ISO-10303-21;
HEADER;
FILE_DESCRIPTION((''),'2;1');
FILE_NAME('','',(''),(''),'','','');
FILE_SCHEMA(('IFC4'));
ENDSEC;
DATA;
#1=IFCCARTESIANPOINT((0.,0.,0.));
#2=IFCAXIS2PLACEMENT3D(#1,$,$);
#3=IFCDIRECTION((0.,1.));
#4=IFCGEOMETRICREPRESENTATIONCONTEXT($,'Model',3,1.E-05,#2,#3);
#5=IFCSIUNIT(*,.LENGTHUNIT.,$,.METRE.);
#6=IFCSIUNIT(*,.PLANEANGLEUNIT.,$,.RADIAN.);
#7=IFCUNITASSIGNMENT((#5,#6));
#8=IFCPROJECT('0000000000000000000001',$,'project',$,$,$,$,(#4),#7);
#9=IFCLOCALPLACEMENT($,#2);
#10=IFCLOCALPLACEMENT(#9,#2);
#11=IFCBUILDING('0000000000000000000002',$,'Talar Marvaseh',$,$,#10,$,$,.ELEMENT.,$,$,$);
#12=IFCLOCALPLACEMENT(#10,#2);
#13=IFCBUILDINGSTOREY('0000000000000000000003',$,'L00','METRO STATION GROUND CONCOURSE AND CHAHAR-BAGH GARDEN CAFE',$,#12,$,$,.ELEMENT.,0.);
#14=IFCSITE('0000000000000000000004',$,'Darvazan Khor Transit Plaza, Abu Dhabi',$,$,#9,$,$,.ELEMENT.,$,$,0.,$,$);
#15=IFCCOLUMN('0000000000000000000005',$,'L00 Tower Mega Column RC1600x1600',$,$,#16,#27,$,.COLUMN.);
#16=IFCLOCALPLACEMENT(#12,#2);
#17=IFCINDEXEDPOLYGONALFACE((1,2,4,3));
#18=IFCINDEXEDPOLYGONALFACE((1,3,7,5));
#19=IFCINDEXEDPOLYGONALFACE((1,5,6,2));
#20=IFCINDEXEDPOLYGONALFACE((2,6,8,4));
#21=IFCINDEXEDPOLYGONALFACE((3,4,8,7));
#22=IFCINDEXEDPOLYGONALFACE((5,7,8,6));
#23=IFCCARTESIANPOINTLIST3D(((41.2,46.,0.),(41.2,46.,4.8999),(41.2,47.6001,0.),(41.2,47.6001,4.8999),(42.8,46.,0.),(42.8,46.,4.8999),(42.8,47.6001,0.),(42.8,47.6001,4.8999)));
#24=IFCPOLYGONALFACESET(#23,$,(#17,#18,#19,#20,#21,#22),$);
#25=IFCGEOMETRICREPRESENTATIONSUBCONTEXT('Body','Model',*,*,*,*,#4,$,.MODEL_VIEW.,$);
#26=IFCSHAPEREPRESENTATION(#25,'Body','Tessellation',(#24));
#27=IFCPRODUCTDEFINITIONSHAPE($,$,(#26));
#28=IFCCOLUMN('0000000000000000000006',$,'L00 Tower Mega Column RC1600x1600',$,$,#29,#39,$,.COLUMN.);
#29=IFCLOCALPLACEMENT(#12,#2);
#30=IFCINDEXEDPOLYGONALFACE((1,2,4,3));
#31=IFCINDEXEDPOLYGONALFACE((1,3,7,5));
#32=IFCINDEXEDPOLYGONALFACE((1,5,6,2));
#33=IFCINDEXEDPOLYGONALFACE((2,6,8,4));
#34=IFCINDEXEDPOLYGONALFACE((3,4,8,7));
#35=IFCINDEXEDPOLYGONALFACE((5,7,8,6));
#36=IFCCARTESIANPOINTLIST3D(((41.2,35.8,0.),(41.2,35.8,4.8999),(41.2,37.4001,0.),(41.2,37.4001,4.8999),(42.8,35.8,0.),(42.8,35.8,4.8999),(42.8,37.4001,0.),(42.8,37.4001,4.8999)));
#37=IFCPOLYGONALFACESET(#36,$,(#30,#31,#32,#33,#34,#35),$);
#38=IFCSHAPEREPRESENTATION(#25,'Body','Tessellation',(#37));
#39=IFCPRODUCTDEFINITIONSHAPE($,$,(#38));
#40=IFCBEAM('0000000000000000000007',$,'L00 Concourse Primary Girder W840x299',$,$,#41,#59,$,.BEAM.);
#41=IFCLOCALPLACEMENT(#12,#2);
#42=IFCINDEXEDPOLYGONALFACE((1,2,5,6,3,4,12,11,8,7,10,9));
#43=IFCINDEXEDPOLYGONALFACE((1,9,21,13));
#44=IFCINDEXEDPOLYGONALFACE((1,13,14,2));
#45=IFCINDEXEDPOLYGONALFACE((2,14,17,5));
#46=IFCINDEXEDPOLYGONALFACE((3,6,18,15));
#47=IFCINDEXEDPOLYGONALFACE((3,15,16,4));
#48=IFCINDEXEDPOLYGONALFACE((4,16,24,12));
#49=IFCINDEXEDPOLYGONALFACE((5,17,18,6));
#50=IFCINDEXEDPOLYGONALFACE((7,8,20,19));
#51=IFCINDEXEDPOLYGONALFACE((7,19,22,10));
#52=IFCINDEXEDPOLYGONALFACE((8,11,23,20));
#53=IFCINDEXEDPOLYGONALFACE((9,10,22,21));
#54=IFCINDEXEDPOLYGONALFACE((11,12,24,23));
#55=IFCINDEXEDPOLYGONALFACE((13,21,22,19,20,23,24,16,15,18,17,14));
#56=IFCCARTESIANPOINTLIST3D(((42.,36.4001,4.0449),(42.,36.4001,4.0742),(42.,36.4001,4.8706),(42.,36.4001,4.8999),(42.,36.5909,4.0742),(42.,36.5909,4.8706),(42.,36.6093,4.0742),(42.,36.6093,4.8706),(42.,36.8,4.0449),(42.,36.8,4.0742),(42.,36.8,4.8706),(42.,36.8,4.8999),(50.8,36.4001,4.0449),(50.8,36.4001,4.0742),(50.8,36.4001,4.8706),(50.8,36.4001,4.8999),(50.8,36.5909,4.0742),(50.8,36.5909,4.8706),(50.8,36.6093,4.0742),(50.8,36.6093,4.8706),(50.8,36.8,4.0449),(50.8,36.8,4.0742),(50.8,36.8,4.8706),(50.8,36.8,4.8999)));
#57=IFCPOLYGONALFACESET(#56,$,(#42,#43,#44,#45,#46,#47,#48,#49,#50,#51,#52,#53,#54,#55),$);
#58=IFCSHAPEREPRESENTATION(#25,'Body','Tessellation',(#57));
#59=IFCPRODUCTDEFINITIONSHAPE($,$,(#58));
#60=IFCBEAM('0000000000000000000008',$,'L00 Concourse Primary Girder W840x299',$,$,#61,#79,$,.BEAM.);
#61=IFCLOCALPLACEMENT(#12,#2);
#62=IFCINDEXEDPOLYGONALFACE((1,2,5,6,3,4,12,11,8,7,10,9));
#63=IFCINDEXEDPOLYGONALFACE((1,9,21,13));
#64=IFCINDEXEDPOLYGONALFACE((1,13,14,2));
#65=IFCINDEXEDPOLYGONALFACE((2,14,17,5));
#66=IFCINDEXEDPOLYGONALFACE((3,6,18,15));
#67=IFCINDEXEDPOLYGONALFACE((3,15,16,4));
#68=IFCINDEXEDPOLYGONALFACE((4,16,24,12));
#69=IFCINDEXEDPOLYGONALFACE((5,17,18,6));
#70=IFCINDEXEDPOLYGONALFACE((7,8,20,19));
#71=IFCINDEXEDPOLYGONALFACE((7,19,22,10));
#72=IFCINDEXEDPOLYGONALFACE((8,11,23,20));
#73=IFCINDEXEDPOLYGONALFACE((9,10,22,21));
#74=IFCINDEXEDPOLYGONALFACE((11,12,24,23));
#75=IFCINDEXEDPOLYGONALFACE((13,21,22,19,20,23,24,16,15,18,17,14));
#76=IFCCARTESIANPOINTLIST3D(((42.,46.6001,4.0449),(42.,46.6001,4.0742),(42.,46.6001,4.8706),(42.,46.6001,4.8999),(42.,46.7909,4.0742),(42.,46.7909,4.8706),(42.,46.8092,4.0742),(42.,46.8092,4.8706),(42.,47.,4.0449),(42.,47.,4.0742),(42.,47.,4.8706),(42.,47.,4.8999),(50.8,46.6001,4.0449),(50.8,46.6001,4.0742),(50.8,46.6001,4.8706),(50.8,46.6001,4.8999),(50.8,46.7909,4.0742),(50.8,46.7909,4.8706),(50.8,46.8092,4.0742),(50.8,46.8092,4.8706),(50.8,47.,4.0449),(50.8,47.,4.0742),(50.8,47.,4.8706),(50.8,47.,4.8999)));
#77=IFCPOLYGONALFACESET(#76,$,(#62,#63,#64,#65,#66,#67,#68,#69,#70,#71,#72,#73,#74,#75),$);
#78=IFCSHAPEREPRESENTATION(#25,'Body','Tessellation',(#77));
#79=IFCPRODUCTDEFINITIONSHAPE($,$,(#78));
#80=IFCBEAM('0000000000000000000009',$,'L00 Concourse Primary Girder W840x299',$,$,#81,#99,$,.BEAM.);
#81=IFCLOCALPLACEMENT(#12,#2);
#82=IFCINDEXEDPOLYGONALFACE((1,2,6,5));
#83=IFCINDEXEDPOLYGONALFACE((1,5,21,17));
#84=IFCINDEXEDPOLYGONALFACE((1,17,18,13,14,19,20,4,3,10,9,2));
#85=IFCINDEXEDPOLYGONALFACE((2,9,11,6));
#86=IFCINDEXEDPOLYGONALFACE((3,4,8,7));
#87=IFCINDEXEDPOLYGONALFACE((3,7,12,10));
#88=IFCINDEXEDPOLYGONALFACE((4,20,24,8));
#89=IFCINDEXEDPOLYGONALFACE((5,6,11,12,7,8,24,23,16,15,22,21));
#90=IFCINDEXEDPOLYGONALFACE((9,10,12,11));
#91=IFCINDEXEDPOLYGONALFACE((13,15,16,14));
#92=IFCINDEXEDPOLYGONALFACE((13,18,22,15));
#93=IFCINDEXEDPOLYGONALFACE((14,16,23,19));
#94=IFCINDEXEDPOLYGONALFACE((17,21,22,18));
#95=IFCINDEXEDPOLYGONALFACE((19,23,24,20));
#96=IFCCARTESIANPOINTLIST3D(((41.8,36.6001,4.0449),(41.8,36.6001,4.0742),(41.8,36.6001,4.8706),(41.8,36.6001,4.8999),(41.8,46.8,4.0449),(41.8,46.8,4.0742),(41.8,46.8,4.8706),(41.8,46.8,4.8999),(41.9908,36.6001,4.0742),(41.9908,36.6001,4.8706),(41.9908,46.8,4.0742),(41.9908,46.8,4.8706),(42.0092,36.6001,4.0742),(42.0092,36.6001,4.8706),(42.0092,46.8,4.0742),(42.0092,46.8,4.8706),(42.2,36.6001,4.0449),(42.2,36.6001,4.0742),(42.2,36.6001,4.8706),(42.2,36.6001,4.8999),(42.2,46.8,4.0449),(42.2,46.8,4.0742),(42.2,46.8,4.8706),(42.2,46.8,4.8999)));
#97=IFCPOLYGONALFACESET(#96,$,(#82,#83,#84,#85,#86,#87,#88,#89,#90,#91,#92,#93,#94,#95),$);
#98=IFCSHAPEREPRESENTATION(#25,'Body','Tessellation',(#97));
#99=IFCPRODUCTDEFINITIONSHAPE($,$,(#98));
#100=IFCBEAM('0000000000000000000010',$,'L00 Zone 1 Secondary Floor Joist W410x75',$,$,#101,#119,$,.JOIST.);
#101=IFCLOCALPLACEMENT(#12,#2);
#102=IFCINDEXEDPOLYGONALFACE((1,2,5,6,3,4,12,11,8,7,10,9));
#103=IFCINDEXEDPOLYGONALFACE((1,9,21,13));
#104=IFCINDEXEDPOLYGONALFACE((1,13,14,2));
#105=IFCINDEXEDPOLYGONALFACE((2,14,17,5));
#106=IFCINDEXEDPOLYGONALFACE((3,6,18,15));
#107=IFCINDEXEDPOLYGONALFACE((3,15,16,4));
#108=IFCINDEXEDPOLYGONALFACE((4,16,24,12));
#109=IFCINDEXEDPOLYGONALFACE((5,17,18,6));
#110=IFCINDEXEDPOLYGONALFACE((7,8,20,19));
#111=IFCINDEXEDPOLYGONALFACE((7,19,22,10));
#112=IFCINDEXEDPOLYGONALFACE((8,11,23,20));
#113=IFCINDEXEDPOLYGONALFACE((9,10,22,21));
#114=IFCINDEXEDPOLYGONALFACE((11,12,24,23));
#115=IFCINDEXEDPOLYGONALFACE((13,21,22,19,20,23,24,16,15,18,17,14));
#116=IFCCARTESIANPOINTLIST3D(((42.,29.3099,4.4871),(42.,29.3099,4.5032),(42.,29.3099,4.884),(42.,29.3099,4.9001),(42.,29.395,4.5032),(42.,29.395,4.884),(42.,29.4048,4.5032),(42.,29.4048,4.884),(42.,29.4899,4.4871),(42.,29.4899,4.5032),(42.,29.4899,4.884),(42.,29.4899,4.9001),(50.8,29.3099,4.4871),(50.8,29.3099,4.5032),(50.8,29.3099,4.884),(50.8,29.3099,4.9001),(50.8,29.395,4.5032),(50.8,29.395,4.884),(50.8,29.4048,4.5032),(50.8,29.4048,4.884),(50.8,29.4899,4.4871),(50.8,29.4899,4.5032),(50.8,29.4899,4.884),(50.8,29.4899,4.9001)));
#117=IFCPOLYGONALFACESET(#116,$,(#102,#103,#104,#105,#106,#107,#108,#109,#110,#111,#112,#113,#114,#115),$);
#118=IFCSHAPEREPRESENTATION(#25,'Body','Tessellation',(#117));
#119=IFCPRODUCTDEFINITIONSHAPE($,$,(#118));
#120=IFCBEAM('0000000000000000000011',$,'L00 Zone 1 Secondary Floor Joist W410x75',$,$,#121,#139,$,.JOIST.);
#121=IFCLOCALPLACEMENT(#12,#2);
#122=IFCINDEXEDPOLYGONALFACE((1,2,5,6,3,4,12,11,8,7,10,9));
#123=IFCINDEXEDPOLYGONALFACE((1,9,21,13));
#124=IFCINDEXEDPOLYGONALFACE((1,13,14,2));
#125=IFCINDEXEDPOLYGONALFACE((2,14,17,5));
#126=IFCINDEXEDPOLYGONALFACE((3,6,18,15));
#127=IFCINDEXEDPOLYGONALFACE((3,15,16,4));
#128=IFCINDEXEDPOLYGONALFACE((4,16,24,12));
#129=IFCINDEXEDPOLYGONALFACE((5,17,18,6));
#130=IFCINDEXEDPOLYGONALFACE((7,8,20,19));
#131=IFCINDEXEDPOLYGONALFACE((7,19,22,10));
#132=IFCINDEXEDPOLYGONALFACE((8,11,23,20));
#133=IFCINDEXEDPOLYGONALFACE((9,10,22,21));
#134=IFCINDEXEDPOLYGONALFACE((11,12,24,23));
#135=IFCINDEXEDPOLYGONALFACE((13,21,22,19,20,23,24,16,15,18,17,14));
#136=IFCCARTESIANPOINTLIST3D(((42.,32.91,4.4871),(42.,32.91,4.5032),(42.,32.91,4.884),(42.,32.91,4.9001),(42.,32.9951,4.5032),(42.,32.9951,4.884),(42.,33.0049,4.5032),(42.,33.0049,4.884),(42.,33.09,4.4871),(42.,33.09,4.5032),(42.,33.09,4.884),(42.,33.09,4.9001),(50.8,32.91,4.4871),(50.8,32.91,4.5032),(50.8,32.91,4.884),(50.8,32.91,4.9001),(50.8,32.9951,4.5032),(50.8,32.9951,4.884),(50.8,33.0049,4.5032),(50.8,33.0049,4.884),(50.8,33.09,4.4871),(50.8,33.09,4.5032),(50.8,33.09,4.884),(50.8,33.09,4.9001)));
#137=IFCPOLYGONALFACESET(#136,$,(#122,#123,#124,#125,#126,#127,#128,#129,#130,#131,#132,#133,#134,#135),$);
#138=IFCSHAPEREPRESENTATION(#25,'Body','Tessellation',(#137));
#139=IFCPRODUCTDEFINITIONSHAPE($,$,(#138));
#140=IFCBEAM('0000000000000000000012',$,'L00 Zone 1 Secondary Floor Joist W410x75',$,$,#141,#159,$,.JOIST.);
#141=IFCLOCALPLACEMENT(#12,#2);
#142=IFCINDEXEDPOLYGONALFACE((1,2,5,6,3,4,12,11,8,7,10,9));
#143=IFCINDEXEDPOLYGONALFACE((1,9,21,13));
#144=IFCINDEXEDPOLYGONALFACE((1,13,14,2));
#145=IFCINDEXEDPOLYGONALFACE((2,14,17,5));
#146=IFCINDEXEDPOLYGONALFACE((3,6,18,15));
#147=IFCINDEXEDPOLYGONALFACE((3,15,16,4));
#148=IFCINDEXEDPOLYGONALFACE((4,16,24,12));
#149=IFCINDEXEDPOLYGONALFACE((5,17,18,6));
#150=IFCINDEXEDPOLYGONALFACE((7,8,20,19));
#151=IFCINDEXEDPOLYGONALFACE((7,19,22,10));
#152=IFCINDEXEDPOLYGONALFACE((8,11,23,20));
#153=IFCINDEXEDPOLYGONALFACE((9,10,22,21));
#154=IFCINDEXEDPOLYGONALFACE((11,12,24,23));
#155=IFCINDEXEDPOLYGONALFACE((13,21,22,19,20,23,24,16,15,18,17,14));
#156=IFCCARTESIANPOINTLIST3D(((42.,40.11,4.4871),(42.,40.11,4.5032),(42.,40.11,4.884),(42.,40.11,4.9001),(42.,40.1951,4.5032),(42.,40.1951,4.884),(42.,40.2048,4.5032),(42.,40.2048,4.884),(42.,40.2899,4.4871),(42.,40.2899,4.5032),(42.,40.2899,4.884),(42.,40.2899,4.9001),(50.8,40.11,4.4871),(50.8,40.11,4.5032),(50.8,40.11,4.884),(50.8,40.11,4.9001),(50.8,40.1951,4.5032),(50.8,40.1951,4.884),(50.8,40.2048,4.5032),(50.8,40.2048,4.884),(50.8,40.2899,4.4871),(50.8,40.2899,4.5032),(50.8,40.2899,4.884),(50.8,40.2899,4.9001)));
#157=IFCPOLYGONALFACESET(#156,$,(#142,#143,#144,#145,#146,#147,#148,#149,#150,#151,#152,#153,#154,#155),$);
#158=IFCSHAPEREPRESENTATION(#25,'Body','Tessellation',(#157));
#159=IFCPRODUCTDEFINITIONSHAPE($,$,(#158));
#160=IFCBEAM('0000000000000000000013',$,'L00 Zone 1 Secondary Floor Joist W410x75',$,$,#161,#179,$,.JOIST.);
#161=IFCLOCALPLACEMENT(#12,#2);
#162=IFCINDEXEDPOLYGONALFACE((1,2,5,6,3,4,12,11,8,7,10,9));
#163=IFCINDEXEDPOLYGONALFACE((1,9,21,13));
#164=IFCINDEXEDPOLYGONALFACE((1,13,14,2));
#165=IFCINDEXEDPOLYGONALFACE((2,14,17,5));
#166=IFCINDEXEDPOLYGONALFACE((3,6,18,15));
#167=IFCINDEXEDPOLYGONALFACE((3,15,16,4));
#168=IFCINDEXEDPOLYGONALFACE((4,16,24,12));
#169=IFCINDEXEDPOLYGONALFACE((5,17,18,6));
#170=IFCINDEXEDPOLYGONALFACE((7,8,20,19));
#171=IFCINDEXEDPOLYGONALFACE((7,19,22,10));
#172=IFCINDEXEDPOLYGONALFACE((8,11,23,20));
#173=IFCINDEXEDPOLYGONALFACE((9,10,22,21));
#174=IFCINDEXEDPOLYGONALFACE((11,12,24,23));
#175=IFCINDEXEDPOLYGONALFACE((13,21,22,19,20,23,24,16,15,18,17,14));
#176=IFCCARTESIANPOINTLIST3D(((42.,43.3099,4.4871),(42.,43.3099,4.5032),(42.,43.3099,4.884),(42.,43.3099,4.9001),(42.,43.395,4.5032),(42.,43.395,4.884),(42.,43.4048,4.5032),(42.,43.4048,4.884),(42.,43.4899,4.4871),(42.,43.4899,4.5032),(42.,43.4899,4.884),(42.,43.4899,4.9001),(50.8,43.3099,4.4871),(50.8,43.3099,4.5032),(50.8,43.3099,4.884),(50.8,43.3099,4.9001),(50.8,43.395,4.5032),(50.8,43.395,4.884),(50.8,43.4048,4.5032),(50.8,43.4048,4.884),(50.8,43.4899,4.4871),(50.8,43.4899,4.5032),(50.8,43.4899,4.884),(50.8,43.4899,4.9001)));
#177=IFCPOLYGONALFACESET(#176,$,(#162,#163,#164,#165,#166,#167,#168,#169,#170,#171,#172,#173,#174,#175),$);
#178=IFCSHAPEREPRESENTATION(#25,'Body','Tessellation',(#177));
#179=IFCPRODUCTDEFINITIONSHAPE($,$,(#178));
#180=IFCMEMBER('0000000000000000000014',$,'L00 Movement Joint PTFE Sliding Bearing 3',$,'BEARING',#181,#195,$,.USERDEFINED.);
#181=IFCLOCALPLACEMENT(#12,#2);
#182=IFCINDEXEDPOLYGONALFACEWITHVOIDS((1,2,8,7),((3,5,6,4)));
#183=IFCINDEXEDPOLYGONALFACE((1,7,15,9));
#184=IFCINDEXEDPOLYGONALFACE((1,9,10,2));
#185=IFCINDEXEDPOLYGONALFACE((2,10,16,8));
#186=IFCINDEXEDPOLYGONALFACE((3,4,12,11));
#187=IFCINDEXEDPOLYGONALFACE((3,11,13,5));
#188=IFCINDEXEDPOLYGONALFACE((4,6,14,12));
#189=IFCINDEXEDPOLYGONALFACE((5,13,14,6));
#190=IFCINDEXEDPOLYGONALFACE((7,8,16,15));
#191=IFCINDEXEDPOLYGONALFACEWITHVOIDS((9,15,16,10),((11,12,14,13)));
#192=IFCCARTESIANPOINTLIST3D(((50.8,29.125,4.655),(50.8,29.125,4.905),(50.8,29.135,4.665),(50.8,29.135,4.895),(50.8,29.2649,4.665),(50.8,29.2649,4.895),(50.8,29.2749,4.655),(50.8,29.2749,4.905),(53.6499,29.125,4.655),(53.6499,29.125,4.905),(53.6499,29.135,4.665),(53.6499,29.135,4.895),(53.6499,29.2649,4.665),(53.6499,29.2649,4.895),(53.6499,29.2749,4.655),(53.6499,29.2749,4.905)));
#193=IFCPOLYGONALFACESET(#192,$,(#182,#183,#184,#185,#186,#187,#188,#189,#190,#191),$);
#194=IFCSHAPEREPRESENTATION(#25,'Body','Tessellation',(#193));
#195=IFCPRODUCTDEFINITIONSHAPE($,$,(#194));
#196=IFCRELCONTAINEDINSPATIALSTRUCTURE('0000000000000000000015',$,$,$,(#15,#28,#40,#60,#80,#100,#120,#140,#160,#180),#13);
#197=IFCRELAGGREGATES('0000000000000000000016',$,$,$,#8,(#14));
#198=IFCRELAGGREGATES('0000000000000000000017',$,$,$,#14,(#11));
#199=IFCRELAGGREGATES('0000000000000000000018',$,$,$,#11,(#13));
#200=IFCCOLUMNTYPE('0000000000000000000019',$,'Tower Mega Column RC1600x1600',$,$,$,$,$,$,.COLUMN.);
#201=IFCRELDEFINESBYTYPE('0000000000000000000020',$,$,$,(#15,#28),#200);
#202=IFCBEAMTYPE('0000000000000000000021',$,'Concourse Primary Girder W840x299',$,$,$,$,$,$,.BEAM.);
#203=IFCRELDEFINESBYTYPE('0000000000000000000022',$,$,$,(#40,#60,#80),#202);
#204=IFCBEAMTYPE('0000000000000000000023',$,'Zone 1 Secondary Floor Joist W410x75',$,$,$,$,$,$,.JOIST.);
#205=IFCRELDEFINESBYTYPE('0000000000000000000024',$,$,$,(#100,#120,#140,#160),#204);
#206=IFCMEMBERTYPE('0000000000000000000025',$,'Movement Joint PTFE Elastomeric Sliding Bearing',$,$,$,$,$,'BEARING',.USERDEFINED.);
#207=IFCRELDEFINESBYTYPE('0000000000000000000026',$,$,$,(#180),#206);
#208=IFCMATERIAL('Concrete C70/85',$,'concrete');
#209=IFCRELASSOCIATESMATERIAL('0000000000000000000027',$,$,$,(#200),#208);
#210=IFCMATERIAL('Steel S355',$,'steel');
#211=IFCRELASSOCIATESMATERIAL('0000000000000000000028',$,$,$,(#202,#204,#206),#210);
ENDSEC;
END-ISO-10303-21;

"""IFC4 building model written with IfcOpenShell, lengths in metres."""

from ifc_helpers import new_model, si_unit, direction, frame, origin, origin_2d, place, context, subcontext, project, spatial, rectangle, hollow_rectangle, i_section, extrude, source, transform, mapped, material, material_profile, profile_set, type_object, type_shapes, element, save


model = new_model("IFC4")

# Units and contexts
model_context = context("Model", 3, precision=1e-05, world=origin(), true_north=direction((0.0, 1.0)))
body_context = subcontext(model_context, "Body", "Model", "MODEL_VIEW")
ifc_project = project(units=[si_unit("LENGTHUNIT", "METRE"), si_unit("PLANEANGLEUNIT", "RADIAN")], contexts=[model_context])

# Site, building, storey
site_placement = place(None, origin())
site = spatial("IfcSite", under=ifc_project, at=site_placement, Name="Darvazan Khor Transit Plaza, Abu Dhabi", CompositionType="ELEMENT", RefElevation=0.0)
building_placement = place(site_placement, origin())
building = spatial("IfcBuilding", under=site, at=building_placement, Name="Talar Marvaseh", CompositionType="ELEMENT")
storey_placement = place(building_placement, origin())
storey = spatial("IfcBuildingStorey", under=building, at=storey_placement, Name="L00", Description="METRO STATION GROUND CONCOURSE AND CHAHAR-BAGH GARDEN CAFE", CompositionType="ELEMENT", Elevation=0.0)

# Columns
ifc_material_1 = material(Name="Concrete C70/85", Category="concrete")
ifc_material_profile_1 = material_profile(ifc_material_1, rectangle(XDim=1.6001, YDim=1.6001, at=origin_2d()), Name="RC1600x1600")
ifc_profile_set_1 = profile_set([ifc_material_profile_1], Name="Concrete C70/85")
column_type = type_object("IfcColumnType", Name="Tower Mega Column RC1600x1600", PredefinedType="COLUMN", material=ifc_profile_set_1)
for number, where, z_axis, x_axis, name in (
    (1, (42.0, 46.8, 0.0), (0.0, 0.0, 1.0), (1.0, 0.0, 0.0), "L00 Tower Mega Column RC1600x1600"),
    (2, (42.0, 36.6001, 0.0), (0.0, 0.0, 1.0), (1.0, 0.0, 0.0), "L00 Tower Mega Column RC1600x1600"),
):
    element("IfcColumn", number, at=place(storey_placement, frame(where, z_axis=z_axis, x_axis=x_axis)), inside=storey, type_object=column_type, Name=name, PredefinedType="COLUMN", context=body_context, shape_type="SweptSolid", body=[
        extrude(rectangle(XDim=1.6001, YDim=1.6001, at=origin_2d()), origin(), (0.0, 0.0, 1.0), 4.8999),
    ])

# Beams
ifc_material_2 = material(Name="Steel S355", Category="steel")
ifc_material_profile_2 = material_profile(ifc_material_2, i_section(OverallWidth=0.3999, OverallDepth=0.855, WebThickness=0.0183, FlangeThickness=0.0293, at=origin_2d()), Name="W840x299")
ifc_profile_set_2 = profile_set([ifc_material_profile_2], Name="Steel S355")
beam_type_1 = type_object("IfcBeamType", Name="Concourse Primary Girder W840x299", PredefinedType="BEAM", material=ifc_profile_set_2)
for number, where, z_axis, x_axis, name in (
    (3, (42.0, 36.6001, 4.4724), (1.0, 0.0, 0.0), (0.0, 1.0, 0.0), "L00 Concourse Primary Girder W840x299"),
    (4, (42.0, 46.8, 4.4724), (1.0, 0.0, 0.0), (0.0, 1.0, 0.0), "L00 Concourse Primary Girder W840x299"),
):
    element("IfcBeam", number, at=place(storey_placement, frame(where, z_axis=z_axis, x_axis=x_axis)), inside=storey, type_object=beam_type_1, Name=name, PredefinedType="BEAM", context=body_context, shape_type="SweptSolid", body=[
        extrude(i_section(OverallWidth=0.3999, OverallDepth=0.855, WebThickness=0.0183, FlangeThickness=0.0293, at=origin_2d()), origin(), (0.0, 0.0, 1.0), 8.8),
    ])
beam_placement = place(storey_placement, frame((42.0, 36.6001, 4.4724), z_axis=(0.0, 1.0, 0.0), x_axis=(-1.0, 0.0, 0.0)))
element("IfcBeam", 5, at=beam_placement, inside=storey, type_object=beam_type_1, Name="L00 Concourse Primary Girder W840x299", PredefinedType="BEAM", context=body_context, shape_type="SweptSolid", body=[
    extrude(i_section(OverallWidth=0.3999, OverallDepth=0.855, WebThickness=0.0183, FlangeThickness=0.0293, at=origin_2d()), origin(), (0.0, 0.0, 1.0), 10.2),
])
ifc_material_profile_3 = material_profile(ifc_material_2, i_section(OverallWidth=0.1799, OverallDepth=0.4131, WebThickness=0.0098, FlangeThickness=0.0161, at=origin_2d()), Name="W410x75")
ifc_profile_set_3 = profile_set([ifc_material_profile_3], Name="Steel S355")
beam_type_2 = type_object("IfcBeamType", Name="Zone 1 Secondary Floor Joist W410x75", PredefinedType="JOIST", material=ifc_profile_set_3)
for number, where, z_axis, x_axis, name in (
    (6, (42.0, 29.3999, 4.6936), (1.0, 0.0, 0.0), (0.0, 1.0, 0.0), "L00 Zone 1 Secondary Floor Joist W410x75"),
    (7, (42.0, 33.0, 4.6936), (1.0, 0.0, 0.0), (0.0, 1.0, 0.0), "L00 Zone 1 Secondary Floor Joist W410x75"),
    (8, (42.0, 40.2, 4.6936), (1.0, 0.0, 0.0), (0.0, 1.0, 0.0), "L00 Zone 1 Secondary Floor Joist W410x75"),
    (9, (42.0, 43.3999, 4.6936), (1.0, 0.0, 0.0), (0.0, 1.0, 0.0), "L00 Zone 1 Secondary Floor Joist W410x75"),
):
    element("IfcBeam", number, at=place(storey_placement, frame(where, z_axis=z_axis, x_axis=x_axis)), inside=storey, type_object=beam_type_2, Name=name, PredefinedType="JOIST", context=body_context, shape_type="SweptSolid", body=[
        extrude(i_section(OverallWidth=0.1799, OverallDepth=0.4131, WebThickness=0.0098, FlangeThickness=0.0161, at=origin_2d()), origin(), (0.0, 0.0, 1.0), 8.8),
    ])

# Member
ifc_material_profile_4 = material_profile(ifc_material_2, hollow_rectangle(XDim=0.1499, YDim=0.25, WallThickness=0.01, at=origin_2d()), Name="RHS250x150x10")
ifc_profile_set_4 = profile_set([ifc_material_profile_4], Name="Steel S355")
member_type_1 = type_object("IfcMemberType", Name="Movement Joint PTFE Elastomeric Sliding Bearing", ElementType="BEARING", PredefinedType="USERDEFINED", material=ifc_profile_set_4)
shared_shape_1 = source(origin(), body_context, "Body", "SweptSolid", [
    extrude(hollow_rectangle(XDim=0.1499, YDim=0.25, WallThickness=0.01, at=origin_2d()), origin(), (0.0, 0.0, 1.0), 2.8499),
])
type_shapes(member_type_1, [shared_shape_1])
for number, where, z_axis, x_axis, name in (
    (10, (50.8, 29.2, 4.78), (1.0, 0.0, 0.0), (0.0, 1.0, 0.0), "L00 Movement Joint PTFE Sliding Bearing 3"),
):
    element("IfcMember", number, at=place(storey_placement, frame(where, z_axis=z_axis, x_axis=x_axis)), inside=storey, type_object=member_type_1, Name=name, ObjectType="BEARING", PredefinedType="USERDEFINED", context=body_context, shape_type="MappedRepresentation", body=[
        mapped(shared_shape_1, transform((0.0, 0.0, 0.0), x_axis=(1.0, 0.0, 0.0), y_axis=(0.0, 1.0, 0.0), z_axis=(0.0, 0.0, 1.0), scale=1.0)),
    ])

save(model, "model.ifc")
